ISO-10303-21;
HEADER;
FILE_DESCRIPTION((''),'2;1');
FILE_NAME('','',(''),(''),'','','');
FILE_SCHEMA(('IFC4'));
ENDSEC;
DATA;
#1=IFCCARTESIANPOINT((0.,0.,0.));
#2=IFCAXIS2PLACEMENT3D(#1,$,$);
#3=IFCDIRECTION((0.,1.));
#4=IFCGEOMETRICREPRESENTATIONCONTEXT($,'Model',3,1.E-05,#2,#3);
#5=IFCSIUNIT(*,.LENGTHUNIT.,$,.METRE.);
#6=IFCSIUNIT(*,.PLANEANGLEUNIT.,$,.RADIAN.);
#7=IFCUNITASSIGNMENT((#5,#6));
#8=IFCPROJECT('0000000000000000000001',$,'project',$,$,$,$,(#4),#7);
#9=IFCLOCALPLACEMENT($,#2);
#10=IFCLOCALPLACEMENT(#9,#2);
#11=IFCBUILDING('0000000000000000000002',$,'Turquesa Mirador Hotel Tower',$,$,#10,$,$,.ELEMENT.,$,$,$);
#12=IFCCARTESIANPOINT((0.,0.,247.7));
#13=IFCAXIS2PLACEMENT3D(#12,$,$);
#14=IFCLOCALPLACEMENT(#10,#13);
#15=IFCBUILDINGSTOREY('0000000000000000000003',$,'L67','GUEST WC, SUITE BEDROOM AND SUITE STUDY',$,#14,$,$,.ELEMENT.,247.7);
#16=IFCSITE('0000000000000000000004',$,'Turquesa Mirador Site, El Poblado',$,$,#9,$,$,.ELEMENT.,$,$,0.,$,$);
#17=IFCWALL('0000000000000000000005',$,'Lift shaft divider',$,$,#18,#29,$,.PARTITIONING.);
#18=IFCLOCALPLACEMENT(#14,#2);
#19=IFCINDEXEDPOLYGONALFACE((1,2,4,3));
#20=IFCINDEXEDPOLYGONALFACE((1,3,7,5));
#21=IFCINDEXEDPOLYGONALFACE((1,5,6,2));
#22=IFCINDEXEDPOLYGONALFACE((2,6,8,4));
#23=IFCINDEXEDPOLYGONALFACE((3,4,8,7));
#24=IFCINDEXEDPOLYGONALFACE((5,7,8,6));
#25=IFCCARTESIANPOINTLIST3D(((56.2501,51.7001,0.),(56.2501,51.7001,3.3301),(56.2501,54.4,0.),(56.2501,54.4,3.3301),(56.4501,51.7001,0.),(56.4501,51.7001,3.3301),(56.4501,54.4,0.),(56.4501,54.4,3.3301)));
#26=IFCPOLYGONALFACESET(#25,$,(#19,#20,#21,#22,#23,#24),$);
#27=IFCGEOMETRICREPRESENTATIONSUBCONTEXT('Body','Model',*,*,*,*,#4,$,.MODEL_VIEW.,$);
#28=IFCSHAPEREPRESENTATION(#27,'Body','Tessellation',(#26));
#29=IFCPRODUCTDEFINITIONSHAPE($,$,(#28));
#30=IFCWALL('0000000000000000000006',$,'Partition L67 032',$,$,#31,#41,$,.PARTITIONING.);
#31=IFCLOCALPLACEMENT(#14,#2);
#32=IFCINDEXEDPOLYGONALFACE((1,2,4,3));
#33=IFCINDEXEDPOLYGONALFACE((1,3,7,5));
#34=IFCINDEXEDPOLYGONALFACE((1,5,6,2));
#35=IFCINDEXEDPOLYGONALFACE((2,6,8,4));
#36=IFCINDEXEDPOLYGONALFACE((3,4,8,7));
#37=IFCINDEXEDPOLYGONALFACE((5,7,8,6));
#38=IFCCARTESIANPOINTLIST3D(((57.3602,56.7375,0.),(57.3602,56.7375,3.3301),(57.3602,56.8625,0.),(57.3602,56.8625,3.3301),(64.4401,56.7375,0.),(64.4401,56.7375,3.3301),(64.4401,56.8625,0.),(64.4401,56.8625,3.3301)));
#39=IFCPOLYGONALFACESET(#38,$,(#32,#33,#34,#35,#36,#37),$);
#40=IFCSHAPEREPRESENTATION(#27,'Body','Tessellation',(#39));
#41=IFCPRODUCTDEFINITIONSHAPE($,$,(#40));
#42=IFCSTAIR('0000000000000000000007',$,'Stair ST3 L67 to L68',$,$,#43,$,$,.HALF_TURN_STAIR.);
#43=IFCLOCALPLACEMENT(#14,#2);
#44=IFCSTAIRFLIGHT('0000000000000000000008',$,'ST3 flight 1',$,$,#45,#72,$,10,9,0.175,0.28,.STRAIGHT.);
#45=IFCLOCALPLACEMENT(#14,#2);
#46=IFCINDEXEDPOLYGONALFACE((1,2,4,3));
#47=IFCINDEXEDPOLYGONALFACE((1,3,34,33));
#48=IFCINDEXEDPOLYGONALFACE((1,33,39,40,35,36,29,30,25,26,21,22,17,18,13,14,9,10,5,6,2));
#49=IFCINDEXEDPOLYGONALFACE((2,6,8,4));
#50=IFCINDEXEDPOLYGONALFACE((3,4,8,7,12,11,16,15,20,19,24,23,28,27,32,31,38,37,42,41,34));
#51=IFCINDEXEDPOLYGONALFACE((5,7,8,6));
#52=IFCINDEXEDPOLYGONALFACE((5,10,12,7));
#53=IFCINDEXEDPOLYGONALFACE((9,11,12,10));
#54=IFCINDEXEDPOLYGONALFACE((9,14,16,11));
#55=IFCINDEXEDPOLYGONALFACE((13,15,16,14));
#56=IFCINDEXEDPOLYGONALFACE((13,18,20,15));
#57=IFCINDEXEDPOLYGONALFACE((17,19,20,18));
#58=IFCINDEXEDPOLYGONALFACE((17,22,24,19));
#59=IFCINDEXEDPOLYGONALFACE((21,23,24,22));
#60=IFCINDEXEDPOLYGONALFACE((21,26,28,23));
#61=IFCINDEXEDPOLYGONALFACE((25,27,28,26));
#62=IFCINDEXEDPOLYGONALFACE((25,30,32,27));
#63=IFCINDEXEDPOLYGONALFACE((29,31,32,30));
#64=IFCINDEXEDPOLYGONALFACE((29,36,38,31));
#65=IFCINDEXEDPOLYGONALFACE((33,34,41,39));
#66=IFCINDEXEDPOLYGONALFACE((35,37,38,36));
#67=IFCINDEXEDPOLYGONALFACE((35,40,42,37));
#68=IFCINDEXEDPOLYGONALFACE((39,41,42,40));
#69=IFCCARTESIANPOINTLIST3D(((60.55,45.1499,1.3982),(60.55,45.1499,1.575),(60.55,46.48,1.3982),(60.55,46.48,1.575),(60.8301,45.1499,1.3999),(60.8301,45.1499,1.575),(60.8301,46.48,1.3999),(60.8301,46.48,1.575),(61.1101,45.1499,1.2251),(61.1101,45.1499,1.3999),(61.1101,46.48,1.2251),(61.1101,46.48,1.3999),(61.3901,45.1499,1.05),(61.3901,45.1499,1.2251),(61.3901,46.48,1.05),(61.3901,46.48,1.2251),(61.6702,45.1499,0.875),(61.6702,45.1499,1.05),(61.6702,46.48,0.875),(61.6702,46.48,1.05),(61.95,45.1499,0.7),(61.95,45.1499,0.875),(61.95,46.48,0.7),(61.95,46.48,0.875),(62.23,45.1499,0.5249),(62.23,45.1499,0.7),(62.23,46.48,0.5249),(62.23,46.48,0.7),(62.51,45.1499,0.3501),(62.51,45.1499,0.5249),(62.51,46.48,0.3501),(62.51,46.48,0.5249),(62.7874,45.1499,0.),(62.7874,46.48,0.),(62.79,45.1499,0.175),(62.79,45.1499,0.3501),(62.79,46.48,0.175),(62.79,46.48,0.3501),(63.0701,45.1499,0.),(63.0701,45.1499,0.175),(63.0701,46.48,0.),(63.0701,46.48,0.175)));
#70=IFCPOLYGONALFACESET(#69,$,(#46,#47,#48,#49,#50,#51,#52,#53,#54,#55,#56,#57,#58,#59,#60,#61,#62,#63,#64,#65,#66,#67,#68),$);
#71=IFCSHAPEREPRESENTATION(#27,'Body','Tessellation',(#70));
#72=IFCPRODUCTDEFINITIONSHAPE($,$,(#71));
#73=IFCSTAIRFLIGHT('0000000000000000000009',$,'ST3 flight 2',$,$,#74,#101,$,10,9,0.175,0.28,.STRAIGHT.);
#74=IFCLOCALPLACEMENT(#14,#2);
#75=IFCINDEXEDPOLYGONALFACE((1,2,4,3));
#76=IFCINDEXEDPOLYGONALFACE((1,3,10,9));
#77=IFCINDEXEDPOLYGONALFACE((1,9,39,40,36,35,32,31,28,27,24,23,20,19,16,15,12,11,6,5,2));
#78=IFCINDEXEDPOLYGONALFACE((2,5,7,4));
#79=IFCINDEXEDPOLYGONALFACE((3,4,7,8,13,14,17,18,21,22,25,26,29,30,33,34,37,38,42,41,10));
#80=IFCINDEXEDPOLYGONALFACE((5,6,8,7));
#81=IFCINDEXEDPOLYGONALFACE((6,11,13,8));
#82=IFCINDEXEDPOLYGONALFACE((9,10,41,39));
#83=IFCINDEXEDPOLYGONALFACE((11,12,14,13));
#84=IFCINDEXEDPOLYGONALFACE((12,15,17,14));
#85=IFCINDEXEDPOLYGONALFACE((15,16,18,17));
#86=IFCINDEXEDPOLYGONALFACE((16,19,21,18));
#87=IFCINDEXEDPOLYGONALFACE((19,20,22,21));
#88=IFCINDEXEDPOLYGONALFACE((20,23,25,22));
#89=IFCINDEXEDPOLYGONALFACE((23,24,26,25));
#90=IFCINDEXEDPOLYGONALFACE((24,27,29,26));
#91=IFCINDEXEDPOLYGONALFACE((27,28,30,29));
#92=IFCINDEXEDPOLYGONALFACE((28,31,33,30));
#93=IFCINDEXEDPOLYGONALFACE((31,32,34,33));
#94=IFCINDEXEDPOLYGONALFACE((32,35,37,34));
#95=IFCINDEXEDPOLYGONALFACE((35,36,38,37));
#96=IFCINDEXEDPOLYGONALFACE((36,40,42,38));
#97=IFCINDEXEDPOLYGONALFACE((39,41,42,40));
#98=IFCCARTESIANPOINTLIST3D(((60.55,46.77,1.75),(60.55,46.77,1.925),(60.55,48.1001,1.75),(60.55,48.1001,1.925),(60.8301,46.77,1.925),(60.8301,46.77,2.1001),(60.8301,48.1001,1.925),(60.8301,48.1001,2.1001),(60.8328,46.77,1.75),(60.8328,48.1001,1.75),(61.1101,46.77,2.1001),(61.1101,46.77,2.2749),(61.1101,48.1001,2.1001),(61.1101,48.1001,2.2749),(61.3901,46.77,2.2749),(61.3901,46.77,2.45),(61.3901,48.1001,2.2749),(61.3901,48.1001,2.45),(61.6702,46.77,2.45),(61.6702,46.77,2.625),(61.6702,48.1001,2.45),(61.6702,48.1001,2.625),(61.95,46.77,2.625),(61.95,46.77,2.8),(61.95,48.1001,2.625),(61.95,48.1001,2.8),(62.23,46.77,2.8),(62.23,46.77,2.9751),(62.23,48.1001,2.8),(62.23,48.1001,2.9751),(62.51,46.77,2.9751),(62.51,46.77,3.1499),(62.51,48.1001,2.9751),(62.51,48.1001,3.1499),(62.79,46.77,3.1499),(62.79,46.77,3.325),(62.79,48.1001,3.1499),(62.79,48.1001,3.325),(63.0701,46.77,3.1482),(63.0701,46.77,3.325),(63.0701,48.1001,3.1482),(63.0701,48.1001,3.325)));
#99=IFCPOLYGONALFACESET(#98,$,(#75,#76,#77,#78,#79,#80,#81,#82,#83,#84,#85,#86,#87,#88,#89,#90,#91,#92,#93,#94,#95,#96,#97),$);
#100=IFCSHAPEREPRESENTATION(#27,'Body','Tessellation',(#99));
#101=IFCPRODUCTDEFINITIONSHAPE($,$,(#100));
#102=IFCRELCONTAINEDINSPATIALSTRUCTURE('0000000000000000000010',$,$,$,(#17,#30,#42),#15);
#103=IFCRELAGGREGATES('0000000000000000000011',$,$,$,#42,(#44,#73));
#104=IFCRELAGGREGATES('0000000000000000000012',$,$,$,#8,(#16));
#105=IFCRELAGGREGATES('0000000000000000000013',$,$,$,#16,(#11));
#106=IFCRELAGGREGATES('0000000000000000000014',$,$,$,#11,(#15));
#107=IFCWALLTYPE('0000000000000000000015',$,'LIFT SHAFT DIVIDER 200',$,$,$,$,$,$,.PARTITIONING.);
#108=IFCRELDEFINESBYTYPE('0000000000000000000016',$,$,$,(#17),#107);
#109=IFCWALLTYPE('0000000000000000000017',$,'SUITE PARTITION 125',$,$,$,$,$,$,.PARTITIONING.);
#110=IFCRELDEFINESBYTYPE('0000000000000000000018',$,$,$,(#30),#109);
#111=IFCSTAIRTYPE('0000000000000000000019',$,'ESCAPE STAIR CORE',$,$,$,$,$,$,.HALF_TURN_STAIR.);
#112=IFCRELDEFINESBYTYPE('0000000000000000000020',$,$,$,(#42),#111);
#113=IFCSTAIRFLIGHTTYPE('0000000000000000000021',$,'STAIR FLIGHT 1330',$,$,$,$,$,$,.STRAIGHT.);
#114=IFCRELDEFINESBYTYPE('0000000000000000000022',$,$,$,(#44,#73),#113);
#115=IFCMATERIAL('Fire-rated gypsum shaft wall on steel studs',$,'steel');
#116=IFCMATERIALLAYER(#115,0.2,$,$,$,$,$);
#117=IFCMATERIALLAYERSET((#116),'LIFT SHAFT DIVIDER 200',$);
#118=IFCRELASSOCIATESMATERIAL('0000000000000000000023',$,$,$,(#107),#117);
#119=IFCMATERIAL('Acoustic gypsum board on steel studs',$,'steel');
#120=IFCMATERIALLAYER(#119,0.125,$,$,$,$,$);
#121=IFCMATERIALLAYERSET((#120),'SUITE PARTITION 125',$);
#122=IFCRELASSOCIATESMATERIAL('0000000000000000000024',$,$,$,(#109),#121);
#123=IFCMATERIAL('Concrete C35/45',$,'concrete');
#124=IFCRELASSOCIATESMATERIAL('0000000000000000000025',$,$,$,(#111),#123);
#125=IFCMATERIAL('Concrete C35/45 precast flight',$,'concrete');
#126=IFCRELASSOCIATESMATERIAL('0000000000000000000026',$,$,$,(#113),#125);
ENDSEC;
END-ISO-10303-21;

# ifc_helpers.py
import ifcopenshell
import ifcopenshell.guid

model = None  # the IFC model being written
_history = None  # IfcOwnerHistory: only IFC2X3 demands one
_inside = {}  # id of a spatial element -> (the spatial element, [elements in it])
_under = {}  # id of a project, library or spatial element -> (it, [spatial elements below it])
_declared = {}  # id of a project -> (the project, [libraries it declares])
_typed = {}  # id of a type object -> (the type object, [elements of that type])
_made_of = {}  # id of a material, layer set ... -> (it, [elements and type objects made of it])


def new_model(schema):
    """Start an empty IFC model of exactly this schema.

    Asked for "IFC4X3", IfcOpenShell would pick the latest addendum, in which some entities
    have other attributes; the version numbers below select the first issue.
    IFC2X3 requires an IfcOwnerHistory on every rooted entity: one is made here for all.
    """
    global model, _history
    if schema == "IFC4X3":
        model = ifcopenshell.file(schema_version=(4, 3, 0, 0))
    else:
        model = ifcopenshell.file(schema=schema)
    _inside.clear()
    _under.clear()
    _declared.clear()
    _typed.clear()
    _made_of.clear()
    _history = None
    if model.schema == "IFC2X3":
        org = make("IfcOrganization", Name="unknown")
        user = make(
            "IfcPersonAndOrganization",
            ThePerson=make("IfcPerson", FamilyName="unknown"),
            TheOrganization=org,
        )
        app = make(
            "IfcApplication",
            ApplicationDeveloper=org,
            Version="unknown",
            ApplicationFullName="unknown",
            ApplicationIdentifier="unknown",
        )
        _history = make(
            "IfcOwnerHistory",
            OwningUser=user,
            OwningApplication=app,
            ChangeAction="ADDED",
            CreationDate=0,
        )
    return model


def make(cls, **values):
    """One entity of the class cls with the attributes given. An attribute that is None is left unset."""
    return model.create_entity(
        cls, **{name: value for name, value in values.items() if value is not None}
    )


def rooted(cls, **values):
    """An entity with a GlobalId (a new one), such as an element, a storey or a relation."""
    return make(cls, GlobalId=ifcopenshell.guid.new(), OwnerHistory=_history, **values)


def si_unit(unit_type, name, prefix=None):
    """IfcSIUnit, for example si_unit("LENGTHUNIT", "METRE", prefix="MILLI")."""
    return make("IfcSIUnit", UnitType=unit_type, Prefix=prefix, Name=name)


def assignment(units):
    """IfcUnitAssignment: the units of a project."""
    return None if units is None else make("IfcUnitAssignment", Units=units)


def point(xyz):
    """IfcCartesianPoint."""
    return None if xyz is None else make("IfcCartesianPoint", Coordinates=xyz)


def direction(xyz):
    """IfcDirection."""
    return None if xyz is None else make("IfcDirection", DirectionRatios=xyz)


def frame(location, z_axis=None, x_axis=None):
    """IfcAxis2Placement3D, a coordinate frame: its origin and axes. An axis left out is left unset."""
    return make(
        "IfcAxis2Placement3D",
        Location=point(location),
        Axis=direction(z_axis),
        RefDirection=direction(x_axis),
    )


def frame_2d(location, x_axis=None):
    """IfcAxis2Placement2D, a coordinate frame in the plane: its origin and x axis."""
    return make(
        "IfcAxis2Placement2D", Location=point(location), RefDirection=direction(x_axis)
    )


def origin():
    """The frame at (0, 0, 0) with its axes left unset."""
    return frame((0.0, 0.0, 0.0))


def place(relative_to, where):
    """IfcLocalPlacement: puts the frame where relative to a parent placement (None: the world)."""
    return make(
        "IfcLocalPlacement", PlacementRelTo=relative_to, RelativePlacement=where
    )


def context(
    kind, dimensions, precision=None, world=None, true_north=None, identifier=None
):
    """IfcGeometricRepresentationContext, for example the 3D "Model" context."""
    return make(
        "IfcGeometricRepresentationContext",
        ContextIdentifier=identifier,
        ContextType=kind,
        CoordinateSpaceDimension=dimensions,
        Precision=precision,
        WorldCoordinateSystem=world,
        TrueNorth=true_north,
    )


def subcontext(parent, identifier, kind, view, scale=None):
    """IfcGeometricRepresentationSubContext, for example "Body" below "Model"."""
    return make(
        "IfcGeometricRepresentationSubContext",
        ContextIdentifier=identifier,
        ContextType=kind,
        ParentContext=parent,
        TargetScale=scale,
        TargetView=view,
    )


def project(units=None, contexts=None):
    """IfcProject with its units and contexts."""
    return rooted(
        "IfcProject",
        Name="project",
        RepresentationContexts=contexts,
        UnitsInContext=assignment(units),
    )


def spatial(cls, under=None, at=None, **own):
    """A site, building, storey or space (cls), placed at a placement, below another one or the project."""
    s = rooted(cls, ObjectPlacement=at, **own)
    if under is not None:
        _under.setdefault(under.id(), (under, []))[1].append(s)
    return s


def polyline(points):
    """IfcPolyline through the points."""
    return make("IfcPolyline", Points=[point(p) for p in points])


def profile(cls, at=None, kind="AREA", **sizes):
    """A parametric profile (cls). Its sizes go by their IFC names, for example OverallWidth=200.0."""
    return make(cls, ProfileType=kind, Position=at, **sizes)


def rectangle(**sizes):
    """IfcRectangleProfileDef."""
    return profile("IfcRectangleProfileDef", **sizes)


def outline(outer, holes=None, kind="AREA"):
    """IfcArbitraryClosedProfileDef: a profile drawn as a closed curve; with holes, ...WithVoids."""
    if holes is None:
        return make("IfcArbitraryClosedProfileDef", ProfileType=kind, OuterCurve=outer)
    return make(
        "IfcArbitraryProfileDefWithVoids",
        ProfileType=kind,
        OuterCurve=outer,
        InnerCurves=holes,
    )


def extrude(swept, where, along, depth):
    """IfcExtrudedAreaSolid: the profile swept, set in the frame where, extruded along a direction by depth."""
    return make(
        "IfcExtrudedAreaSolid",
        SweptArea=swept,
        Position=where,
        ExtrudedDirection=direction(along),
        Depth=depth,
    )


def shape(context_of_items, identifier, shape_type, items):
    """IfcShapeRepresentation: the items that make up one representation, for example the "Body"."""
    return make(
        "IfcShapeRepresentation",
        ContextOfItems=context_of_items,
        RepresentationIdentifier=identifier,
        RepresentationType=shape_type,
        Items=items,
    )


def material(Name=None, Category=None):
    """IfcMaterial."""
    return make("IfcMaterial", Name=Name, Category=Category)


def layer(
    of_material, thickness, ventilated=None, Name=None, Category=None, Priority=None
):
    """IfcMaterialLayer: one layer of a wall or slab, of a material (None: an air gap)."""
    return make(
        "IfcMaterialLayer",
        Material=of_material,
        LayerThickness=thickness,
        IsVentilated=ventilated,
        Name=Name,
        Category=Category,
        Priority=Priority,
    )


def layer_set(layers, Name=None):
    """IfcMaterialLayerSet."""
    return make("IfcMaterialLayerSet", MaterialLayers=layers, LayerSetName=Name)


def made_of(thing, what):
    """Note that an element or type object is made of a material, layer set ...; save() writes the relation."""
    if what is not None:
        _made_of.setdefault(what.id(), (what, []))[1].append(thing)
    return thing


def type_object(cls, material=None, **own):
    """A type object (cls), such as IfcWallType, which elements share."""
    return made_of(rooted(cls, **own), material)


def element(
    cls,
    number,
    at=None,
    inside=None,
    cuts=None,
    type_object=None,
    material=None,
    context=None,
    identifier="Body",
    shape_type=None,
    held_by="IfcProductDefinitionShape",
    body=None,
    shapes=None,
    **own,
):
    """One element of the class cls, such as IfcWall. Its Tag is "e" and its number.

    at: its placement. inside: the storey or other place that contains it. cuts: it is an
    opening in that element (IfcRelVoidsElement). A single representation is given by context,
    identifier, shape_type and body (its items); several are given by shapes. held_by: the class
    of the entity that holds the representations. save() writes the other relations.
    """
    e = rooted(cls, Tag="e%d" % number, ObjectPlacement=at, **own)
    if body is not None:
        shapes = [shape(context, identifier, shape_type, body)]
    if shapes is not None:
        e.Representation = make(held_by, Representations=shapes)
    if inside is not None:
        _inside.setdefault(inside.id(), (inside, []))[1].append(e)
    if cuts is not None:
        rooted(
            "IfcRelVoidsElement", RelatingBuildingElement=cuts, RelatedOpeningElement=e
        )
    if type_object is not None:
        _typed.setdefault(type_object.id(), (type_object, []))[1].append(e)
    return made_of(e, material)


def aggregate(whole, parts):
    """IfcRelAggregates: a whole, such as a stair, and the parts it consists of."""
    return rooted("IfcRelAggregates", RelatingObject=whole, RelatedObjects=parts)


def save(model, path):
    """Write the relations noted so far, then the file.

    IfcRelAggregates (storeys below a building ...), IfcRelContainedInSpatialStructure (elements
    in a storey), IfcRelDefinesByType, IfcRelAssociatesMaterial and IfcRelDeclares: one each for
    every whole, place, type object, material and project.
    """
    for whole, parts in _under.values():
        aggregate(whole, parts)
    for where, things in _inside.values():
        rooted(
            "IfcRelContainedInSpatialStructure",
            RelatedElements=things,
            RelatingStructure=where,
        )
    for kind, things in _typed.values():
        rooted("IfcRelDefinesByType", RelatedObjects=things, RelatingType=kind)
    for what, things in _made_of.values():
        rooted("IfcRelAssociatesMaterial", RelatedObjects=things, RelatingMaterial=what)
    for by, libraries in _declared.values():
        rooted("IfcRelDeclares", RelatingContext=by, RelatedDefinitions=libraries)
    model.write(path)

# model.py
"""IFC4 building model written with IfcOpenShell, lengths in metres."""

from ifc_helpers import new_model, si_unit, direction, frame, frame_2d, origin, place, context, subcontext, project, spatial, polyline, rectangle, outline, extrude, material, layer, layer_set, type_object, element, aggregate, save


model = new_model("IFC4")

# Units and contexts
model_context = context("Model", 3, precision=1e-05, world=origin(), true_north=direction((0.0, 1.0)))
body_context = subcontext(model_context, "Body", "Model", "MODEL_VIEW")
ifc_project = project(units=[si_unit("LENGTHUNIT", "METRE"), si_unit("PLANEANGLEUNIT", "RADIAN")], contexts=[model_context])

# Site, building, storey
site_placement = place(None, origin())
site = spatial("IfcSite", under=ifc_project, at=site_placement, Name="Turquesa Mirador Site, El Poblado", CompositionType="ELEMENT", RefElevation=0.0)
building_placement = place(site_placement, origin())
building = spatial("IfcBuilding", under=site, at=building_placement, Name="Turquesa Mirador Hotel Tower", CompositionType="ELEMENT")
storey_placement = place(building_placement, frame((0.0, 0.0, 247.7)))
storey = spatial("IfcBuildingStorey", under=building, at=storey_placement, Name="L67", Description="GUEST WC, SUITE BEDROOM AND SUITE STUDY", CompositionType="ELEMENT", Elevation=247.7)

# Walls
ifc_material_1 = material(Name="Fire-rated gypsum shaft wall on steel studs", Category="steel")
ifc_layer_1 = layer(ifc_material_1, 0.2)
ifc_layer_set_1 = layer_set([ifc_layer_1], Name="LIFT SHAFT DIVIDER 200")
wall_type_1 = type_object("IfcWallType", Name="LIFT SHAFT DIVIDER 200", PredefinedType="PARTITIONING", material=ifc_layer_set_1)
for number, where, z_axis, x_axis, name in (
    (1, (56.3501, 51.7, 0.0), (0.0, 0.0, 1.0), (0.0, 1.0, 0.0), "Lift shaft divider"),
):
    element("IfcWall", number, at=place(storey_placement, frame(where, z_axis=z_axis, x_axis=x_axis)), inside=storey, type_object=wall_type_1, Name=name, PredefinedType="PARTITIONING", context=body_context, shape_type="SweptSolid", body=[
        extrude(rectangle(XDim=2.7, YDim=0.2, at=frame_2d((1.3501, 0.0))), origin(), (0.0, 0.0, 1.0), 3.3301),
    ])
ifc_material_2 = material(Name="Acoustic gypsum board on steel studs", Category="steel")
ifc_layer_2 = layer(ifc_material_2, 0.125)
ifc_layer_set_2 = layer_set([ifc_layer_2], Name="SUITE PARTITION 125")
wall_type_2 = type_object("IfcWallType", Name="SUITE PARTITION 125", PredefinedType="PARTITIONING", material=ifc_layer_set_2)
wall_1_placement = place(storey_placement, frame((57.3601, 56.8, 0.0), z_axis=(0.0, 0.0, 1.0), x_axis=(1.0, 0.0, 0.0)))
element("IfcWall", 2, at=wall_1_placement, inside=storey, type_object=wall_type_2, Name="Partition L67 032", PredefinedType="PARTITIONING", context=body_context, shape_type="SweptSolid", body=[
    extrude(rectangle(XDim=7.0798, YDim=0.125, at=frame_2d((3.54, 0.0))), origin(), (0.0, 0.0, 1.0), 3.3301),
])

# Stair, stair flights
ifc_material_3 = material(Name="Concrete C35/45", Category="concrete")
stair_type = type_object("IfcStairType", Name="ESCAPE STAIR CORE", PredefinedType="HALF_TURN_STAIR", material=ifc_material_3)
stair_placement = place(storey_placement, origin())
stair = element("IfcStair", 3, at=stair_placement, inside=storey, type_object=stair_type, Name="Stair ST3 L67 to L68", PredefinedType="HALF_TURN_STAIR")
ifc_material_4 = material(Name="Concrete C35/45 precast flight", Category="concrete")
stair_flight_type = type_object("IfcStairFlightType", Name="STAIR FLIGHT 1330", PredefinedType="STRAIGHT", material=ifc_material_4)
stair_flight_1_placement = place(storey_placement, frame((63.0701, 45.8149, 0.0), z_axis=(0.0, 0.0, 1.0), x_axis=(-1.0, 0.0, 0.0)))
stair_flight_1 = element("IfcStairFlight", 4, at=stair_flight_1_placement, type_object=stair_flight_type, Name="ST3 flight 1", NumberOfRisers=10, NumberOfTreads=9, PredefinedType="STRAIGHT", RiserHeight=0.175, TreadLength=0.28, context=body_context, shape_type="SweptSolid", body=[
    extrude(outline(polyline([(0.0, 0.0), (0.0, 0.175), (0.28, 0.175), (0.28, 0.3501), (0.5601, 0.3501), (0.5601, 0.5249), (0.8401, 0.5249), (0.8401, 0.7), (1.1201, 0.7), (1.1201, 0.875), (1.3999, 0.875), (1.3999, 1.05), (1.6799, 1.05), (1.6799, 1.2251), (1.96, 1.2251), (1.96, 1.3999), (2.24, 1.3999), (2.24, 1.575), (2.52, 1.575), (2.52, 1.75), (2.52, 1.3982), (0.2827, 0.0), (0.0, 0.0)])), frame((0.0, 0.665, 0.0), z_axis=(0.0, -1.0, 0.0), x_axis=(1.0, 0.0, 0.0)), (0.0, 0.0, 1.0), 1.3301),
])
stair_flight_2_placement = place(storey_placement, frame((60.55, 47.4351, 1.75), z_axis=(0.0, 0.0, 1.0), x_axis=(1.0, 0.0, 0.0)))
stair_flight_2 = element("IfcStairFlight", 5, at=stair_flight_2_placement, type_object=stair_flight_type, Name="ST3 flight 2", NumberOfRisers=10, NumberOfTreads=9, PredefinedType="STRAIGHT", RiserHeight=0.175, TreadLength=0.28, context=body_context, shape_type="SweptSolid", body=[
    extrude(outline(polyline([(0.0, 0.0), (0.0, 0.175), (0.28, 0.175), (0.28, 0.3501), (0.5601, 0.3501), (0.5601, 0.5249), (0.8401, 0.5249), (0.8401, 0.7), (1.1201, 0.7), (1.1201, 0.875), (1.3999, 0.875), (1.3999, 1.05), (1.6799, 1.05), (1.6799, 1.2251), (1.96, 1.2251), (1.96, 1.3999), (2.24, 1.3999), (2.24, 1.575), (2.52, 1.575), (2.52, 1.75), (2.52, 1.3982), (0.2827, 0.0), (0.0, 0.0)])), frame((0.0, 0.665, 0.0), z_axis=(0.0, -1.0, 0.0), x_axis=(1.0, 0.0, 0.0)), (0.0, 0.0, 1.0), 1.3301),
])
aggregate(stair, [stair_flight_1, stair_flight_2])

save(model, "model.ifc")
